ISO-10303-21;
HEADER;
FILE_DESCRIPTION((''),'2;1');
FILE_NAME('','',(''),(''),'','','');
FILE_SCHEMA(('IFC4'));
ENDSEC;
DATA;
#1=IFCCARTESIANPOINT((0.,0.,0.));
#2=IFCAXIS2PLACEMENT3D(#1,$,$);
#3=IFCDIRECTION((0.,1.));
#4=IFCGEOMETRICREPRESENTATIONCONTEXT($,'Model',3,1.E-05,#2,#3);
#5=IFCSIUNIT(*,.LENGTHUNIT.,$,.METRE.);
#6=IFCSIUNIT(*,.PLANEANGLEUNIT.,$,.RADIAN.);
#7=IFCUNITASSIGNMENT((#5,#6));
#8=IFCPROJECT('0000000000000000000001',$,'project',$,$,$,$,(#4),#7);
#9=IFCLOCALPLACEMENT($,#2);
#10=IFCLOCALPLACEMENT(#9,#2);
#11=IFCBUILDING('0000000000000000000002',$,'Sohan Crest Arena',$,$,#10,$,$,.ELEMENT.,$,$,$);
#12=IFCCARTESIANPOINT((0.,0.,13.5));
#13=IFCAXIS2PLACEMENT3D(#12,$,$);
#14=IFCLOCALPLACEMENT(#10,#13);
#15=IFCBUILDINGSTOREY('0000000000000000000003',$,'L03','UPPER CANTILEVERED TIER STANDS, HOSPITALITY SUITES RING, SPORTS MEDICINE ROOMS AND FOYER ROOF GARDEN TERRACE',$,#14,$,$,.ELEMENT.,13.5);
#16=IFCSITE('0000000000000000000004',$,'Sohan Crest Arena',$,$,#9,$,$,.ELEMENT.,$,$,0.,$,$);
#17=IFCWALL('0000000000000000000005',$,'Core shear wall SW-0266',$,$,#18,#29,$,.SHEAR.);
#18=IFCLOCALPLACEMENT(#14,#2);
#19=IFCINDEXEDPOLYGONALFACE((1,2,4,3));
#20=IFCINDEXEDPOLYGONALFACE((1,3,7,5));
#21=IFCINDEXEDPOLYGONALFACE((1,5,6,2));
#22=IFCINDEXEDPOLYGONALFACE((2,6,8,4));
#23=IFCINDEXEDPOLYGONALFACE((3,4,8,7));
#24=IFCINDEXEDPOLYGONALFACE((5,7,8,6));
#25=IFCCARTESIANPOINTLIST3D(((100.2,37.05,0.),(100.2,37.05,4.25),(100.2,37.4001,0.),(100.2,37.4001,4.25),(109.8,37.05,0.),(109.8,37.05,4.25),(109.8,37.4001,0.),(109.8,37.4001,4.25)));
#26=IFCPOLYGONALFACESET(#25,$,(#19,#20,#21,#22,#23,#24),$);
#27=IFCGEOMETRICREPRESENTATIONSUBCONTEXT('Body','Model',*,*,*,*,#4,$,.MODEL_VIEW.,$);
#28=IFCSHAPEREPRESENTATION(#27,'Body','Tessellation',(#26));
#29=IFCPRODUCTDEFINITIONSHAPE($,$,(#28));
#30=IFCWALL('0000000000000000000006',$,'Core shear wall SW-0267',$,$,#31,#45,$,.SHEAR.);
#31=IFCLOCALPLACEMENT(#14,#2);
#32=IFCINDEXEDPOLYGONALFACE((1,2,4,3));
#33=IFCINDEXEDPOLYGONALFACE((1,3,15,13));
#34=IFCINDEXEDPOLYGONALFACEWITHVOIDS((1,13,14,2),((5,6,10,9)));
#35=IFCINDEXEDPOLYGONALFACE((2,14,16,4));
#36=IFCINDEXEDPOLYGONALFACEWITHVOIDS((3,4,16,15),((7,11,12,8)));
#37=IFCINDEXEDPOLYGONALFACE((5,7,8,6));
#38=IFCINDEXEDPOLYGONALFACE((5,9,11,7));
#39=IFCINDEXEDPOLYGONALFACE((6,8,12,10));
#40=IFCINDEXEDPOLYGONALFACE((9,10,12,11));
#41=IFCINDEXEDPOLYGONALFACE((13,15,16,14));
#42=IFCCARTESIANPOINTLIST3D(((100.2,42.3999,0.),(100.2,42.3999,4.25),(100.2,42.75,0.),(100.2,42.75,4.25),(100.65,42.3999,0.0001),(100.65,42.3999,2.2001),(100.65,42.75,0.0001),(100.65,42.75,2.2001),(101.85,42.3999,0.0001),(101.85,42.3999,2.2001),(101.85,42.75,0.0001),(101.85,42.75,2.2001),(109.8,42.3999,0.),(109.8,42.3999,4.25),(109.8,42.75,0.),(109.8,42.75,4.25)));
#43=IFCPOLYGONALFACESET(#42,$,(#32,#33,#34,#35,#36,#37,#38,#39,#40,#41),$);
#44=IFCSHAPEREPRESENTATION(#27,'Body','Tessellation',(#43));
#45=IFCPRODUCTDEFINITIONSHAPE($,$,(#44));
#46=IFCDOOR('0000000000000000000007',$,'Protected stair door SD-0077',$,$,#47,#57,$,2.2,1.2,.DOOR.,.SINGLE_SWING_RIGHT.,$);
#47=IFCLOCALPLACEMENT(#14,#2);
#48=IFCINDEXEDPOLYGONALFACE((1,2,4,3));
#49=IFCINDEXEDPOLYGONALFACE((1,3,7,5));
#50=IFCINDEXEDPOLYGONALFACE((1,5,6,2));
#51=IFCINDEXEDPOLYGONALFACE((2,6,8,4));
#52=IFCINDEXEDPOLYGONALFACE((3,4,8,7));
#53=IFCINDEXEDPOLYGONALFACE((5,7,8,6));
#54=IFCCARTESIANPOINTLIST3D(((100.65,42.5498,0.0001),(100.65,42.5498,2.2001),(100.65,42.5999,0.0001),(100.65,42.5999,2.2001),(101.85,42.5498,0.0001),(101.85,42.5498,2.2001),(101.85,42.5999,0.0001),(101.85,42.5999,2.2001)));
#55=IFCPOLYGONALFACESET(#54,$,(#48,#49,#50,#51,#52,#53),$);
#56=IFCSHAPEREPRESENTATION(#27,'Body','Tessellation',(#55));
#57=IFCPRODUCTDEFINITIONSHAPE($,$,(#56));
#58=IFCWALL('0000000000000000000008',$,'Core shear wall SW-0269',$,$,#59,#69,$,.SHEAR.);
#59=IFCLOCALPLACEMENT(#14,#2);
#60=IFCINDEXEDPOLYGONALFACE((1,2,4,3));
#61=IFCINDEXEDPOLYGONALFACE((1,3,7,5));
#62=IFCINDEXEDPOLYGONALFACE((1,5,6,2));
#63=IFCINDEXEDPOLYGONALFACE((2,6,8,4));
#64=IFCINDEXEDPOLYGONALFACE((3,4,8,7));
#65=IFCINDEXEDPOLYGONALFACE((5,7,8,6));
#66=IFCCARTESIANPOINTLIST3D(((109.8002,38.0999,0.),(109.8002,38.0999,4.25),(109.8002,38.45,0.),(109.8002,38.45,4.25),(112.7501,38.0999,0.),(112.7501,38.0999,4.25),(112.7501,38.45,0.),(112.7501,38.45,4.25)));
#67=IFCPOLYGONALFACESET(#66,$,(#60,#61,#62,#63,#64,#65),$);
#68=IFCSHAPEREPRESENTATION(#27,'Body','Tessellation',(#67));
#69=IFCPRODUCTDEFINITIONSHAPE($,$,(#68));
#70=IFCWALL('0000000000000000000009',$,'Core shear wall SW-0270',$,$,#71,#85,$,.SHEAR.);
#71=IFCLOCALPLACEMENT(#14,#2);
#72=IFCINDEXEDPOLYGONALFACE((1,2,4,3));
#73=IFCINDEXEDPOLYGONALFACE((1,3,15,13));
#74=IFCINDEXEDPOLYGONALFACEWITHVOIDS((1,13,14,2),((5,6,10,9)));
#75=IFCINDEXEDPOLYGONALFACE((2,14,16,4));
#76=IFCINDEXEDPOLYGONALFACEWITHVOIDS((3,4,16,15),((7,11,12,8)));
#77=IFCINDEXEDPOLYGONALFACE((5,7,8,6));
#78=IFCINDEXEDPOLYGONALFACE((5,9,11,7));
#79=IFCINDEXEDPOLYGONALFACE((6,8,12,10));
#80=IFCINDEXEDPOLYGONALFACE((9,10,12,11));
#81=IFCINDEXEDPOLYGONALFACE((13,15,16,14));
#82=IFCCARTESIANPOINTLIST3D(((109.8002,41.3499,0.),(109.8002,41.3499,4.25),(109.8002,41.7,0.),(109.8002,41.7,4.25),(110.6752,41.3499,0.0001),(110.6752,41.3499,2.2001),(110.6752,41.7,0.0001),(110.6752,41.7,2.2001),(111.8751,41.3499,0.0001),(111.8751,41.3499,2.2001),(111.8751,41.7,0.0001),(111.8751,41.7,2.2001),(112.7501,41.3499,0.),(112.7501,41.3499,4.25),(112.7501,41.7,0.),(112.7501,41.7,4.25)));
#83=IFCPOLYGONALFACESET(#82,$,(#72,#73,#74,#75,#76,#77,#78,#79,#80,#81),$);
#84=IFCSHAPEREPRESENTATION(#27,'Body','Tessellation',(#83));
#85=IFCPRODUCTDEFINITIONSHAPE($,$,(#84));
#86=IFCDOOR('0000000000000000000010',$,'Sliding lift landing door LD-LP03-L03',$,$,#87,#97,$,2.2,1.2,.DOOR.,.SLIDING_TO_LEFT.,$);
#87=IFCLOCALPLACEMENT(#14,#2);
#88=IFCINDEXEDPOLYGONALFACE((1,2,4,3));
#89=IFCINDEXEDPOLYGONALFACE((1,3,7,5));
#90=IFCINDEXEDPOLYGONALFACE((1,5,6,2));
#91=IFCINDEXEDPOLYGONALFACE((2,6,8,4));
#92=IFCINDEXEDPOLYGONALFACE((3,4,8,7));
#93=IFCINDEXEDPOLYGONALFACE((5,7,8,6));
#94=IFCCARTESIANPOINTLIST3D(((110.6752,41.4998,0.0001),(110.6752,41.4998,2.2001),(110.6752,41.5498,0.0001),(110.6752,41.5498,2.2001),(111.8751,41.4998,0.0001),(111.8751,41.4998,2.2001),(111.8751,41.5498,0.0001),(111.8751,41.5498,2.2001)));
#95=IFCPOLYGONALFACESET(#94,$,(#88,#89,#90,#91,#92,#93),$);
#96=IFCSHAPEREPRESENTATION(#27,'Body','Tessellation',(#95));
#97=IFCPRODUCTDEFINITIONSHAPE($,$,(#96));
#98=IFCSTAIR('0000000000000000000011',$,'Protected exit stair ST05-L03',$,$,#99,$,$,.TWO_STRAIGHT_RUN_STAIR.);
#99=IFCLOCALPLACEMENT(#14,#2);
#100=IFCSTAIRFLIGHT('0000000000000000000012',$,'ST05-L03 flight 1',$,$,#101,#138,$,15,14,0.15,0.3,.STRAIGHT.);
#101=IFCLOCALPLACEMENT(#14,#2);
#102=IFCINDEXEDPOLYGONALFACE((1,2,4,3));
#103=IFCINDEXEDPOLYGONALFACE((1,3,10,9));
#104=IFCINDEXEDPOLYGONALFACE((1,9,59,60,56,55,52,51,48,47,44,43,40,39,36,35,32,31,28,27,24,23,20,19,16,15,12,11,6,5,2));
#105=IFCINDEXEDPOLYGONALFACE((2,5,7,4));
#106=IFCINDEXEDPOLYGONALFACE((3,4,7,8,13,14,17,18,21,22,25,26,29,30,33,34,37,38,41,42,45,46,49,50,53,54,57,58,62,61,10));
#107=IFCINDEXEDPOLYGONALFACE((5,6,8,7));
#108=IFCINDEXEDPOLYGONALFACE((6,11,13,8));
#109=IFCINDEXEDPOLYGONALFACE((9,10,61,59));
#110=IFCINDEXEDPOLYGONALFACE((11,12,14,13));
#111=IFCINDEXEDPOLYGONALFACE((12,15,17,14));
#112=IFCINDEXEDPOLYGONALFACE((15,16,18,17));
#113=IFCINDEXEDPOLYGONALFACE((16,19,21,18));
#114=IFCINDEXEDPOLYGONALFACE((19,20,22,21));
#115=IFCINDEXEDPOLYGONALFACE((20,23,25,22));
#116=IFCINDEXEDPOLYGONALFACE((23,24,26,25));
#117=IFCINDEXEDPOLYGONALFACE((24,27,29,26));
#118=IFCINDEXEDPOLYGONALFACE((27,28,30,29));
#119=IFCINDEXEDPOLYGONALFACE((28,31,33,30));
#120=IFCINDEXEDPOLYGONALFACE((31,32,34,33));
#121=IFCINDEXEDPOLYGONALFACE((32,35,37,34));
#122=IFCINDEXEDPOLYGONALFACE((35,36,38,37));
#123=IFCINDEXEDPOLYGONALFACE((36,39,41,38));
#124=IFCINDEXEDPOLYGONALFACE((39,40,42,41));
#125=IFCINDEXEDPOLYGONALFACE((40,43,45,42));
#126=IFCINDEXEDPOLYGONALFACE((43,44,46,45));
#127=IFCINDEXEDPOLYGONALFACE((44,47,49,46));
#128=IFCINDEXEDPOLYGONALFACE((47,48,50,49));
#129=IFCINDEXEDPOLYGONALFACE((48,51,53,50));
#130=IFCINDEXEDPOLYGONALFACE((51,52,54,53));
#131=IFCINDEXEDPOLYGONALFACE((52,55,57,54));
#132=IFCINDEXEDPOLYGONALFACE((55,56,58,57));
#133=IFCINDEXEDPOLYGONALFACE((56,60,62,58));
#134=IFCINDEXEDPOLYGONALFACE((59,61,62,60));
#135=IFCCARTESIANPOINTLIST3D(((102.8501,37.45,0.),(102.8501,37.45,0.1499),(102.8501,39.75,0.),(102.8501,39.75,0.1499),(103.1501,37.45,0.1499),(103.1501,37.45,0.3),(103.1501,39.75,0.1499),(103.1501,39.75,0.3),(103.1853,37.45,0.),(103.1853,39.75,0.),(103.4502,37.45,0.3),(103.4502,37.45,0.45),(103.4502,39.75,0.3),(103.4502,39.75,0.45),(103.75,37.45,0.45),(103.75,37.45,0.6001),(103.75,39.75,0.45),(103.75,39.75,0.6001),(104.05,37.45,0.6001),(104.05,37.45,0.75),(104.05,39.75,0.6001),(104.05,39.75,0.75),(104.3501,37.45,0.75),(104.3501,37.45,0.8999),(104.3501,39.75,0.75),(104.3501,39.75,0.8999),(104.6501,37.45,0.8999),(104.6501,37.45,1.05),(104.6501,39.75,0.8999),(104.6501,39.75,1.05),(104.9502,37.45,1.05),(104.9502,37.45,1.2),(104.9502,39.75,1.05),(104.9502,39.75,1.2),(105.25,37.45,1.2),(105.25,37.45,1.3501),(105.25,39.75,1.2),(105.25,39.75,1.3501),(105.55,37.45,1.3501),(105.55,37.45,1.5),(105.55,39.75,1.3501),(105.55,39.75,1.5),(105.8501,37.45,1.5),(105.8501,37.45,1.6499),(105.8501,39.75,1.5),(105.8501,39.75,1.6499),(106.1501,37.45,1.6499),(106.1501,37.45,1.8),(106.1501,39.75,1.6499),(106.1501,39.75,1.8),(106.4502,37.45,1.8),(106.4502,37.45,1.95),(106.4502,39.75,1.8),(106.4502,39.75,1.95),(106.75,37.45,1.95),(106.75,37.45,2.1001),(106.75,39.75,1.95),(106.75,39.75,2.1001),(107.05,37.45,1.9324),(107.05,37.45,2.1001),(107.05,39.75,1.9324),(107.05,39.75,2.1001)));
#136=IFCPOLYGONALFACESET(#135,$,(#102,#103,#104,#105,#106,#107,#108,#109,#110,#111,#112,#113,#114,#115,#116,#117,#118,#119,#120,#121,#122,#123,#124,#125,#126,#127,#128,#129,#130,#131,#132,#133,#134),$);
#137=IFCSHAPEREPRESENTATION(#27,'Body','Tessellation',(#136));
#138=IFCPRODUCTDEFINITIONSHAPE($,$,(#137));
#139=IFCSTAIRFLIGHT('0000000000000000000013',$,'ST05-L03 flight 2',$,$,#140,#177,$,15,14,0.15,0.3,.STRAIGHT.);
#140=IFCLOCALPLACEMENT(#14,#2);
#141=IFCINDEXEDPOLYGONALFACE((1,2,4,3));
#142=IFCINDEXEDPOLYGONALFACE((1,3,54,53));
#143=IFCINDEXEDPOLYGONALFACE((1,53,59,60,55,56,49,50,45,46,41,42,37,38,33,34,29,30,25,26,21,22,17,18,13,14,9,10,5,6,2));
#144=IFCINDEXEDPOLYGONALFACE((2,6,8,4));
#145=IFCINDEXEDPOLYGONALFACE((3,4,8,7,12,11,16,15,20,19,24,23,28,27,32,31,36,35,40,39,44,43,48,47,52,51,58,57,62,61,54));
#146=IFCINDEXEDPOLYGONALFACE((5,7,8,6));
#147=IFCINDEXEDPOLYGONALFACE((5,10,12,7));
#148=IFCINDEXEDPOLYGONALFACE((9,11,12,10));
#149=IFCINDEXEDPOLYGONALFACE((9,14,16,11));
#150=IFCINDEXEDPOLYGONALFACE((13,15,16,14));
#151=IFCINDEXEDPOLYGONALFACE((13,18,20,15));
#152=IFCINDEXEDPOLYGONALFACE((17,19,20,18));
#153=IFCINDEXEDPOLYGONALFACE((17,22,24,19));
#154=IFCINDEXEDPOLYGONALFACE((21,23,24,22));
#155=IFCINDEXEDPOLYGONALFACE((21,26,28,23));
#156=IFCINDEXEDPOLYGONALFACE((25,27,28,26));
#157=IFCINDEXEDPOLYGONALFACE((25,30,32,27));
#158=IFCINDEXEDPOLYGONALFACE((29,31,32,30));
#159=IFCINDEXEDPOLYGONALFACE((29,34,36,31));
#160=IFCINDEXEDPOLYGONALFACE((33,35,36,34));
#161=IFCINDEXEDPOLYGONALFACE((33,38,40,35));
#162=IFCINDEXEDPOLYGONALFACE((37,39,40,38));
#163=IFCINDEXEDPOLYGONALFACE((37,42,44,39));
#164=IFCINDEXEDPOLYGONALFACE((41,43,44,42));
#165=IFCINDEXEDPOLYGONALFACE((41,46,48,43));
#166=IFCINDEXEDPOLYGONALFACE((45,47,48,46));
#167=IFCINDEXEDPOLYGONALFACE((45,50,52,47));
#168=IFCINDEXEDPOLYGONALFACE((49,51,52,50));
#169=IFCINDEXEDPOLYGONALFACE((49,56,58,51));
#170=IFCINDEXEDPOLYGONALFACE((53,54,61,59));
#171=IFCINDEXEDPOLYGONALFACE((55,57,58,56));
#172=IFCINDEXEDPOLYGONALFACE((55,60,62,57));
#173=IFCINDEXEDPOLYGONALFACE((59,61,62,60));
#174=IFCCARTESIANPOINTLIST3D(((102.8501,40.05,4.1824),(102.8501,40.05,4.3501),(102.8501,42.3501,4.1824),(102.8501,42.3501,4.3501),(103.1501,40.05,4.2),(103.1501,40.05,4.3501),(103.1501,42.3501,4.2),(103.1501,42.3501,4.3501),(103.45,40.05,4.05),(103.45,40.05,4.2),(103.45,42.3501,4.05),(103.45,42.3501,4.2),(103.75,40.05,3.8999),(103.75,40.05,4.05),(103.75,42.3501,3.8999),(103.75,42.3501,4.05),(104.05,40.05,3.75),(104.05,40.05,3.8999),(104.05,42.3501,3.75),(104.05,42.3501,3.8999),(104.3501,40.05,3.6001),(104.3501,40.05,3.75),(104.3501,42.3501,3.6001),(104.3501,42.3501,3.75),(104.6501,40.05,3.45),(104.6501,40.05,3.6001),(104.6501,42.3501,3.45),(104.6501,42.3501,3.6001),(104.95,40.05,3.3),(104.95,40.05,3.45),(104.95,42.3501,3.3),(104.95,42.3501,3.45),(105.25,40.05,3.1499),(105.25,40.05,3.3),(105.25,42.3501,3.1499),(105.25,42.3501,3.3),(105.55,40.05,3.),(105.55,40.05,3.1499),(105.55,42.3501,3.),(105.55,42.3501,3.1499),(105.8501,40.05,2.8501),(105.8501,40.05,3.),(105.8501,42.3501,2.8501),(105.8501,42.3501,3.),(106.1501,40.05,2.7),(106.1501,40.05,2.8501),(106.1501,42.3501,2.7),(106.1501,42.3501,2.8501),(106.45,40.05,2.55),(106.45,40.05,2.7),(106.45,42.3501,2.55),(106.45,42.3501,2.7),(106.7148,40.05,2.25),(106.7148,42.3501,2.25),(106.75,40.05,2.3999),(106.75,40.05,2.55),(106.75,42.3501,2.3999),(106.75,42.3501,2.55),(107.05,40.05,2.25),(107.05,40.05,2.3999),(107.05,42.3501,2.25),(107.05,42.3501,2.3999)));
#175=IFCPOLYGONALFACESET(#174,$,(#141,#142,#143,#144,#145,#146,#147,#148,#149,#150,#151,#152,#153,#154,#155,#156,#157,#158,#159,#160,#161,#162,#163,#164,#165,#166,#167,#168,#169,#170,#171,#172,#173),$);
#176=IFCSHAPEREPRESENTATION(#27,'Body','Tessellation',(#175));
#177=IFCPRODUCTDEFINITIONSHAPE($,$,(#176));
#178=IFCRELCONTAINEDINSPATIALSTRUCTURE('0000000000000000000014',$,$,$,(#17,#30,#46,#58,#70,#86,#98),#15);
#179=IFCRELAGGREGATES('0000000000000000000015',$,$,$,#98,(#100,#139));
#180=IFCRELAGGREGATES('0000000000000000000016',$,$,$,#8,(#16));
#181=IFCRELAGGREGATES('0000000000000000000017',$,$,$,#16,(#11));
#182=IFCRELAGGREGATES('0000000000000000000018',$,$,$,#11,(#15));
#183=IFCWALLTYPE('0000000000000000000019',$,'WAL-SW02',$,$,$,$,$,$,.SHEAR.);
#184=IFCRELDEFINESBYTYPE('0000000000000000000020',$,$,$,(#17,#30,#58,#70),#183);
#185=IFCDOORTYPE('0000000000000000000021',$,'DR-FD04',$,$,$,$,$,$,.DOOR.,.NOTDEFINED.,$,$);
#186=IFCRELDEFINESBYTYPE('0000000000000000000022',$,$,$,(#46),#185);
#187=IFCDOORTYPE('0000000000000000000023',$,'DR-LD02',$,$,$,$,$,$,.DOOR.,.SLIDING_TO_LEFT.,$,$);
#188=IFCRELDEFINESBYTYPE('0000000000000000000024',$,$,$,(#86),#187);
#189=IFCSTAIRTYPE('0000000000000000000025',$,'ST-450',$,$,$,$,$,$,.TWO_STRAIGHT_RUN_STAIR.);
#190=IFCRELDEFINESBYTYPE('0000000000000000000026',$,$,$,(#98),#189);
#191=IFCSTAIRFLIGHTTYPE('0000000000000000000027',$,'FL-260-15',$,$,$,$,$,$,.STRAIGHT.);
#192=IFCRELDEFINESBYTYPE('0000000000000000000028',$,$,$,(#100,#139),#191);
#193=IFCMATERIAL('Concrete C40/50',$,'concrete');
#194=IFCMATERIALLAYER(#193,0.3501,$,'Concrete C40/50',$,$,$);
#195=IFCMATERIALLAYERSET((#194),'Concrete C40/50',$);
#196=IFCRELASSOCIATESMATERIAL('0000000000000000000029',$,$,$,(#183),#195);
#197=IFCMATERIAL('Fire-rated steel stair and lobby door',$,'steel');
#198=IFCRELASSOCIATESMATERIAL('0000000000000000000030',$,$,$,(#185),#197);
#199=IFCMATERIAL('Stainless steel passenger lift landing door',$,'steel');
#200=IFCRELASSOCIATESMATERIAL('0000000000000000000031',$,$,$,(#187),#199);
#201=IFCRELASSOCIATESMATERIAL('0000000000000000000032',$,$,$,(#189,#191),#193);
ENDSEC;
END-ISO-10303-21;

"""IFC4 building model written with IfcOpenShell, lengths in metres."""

from ifc_helpers import new_model, si_unit, direction, frame, frame_2d, origin, place, context, subcontext, project, spatial, polyline, rectangle, outline, extrude, material, layer, layer_set, type_object, element, fill, aggregate, save


model = new_model("IFC4")

# Units and contexts
model_context = context("Model", 3, precision=1e-05, world=origin(), true_north=direction((0.0, 1.0)))
body_context = subcontext(model_context, "Body", "Model", "MODEL_VIEW")
ifc_project = project(units=[si_unit("LENGTHUNIT", "METRE"), si_unit("PLANEANGLEUNIT", "RADIAN")], contexts=[model_context])

# Site, building, storey
site_placement = place(None, origin())
site = spatial("IfcSite", under=ifc_project, at=site_placement, Name="Sohan Crest Arena", CompositionType="ELEMENT", RefElevation=0.0)
building_placement = place(site_placement, origin())
building = spatial("IfcBuilding", under=site, at=building_placement, Name="Sohan Crest Arena", CompositionType="ELEMENT")
storey_placement = place(building_placement, frame((0.0, 0.0, 13.5)))
storey = spatial("IfcBuildingStorey", under=building, at=storey_placement, Name="L03", Description="UPPER CANTILEVERED TIER STANDS, HOSPITALITY SUITES RING, SPORTS MEDICINE ROOMS AND FOYER ROOF GARDEN TERRACE", CompositionType="ELEMENT", Elevation=13.5)

# Shared definitions
ifc_material_1 = material(Name="Concrete C40/50", Category="concrete")

# Wall
ifc_layer_1 = layer(ifc_material_1, 0.3501, Name="Concrete C40/50")
ifc_layer_set_1 = layer_set([ifc_layer_1], Name="Concrete C40/50")
wall_type_1 = type_object("IfcWallType", Name="WAL-SW02", PredefinedType="SHEAR", material=ifc_layer_set_1)
wall_1_placement = place(storey_placement, frame((100.2, 37.2251, 0.0), z_axis=(0.0, 0.0, 1.0), x_axis=(1.0, 0.0, 0.0)))
element("IfcWall", 1, at=wall_1_placement, inside=storey, type_object=wall_type_1, Name="Core shear wall SW-0266", PredefinedType="SHEAR", context=body_context, shape_type="SweptSolid", body=[
    extrude(rectangle(XDim=9.6001, YDim=0.3501, at=frame_2d((4.8, 0.0))), origin(), (0.0, 0.0, 1.0), 4.25),
])

# Wall, opening, door
wall_2_placement = place(storey_placement, frame((100.2, 42.575, 0.0), z_axis=(0.0, 0.0, 1.0), x_axis=(1.0, 0.0, 0.0)))
wall_2 = element("IfcWall", 2, at=wall_2_placement, inside=storey, type_object=wall_type_1, Name="Core shear wall SW-0267", PredefinedType="SHEAR", context=body_context, shape_type="SweptSolid", body=[
    extrude(rectangle(XDim=9.6001, YDim=0.3501, at=frame_2d((4.8, 0.0))), origin(), (0.0, 0.0, 1.0), 4.25),
])
opening_1_placement = place(wall_2_placement, frame((0.45, 0.0, 0.0)))
opening_1 = element("IfcOpeningElement", 3, at=opening_1_placement, cuts=wall_2, PredefinedType="OPENING", context=body_context, shape_type="SweptSolid", body=[
    extrude(rectangle(XDim=1.2, YDim=2.2, at=frame_2d((0.6001, 1.1001))), frame((0.0, 0.1851, 0.0), z_axis=(0.0, -1.0, 0.0), x_axis=(1.0, 0.0, 0.0)), (0.0, 0.0, 1.0), 0.3701),
])
ifc_material_2 = material(Name="Fire-rated steel stair and lobby door", Category="steel")
door_type_1 = type_object("IfcDoorType", Name="DR-FD04", OperationType="NOTDEFINED", PredefinedType="DOOR", material=ifc_material_2)
door_1_placement = place(opening_1_placement, origin())
door_1 = element("IfcDoor", 4, at=door_1_placement, inside=storey, type_object=door_type_1, Name="Protected stair door SD-0077", OperationType="SINGLE_SWING_RIGHT", OverallHeight=2.2, OverallWidth=1.2, PredefinedType="DOOR", context=body_context, shape_type="SweptSolid", body=[
    extrude(rectangle(XDim=1.2, YDim=2.2, at=frame_2d((0.6001, 1.1001))), frame((0.0, 0.0249, 0.0), z_axis=(0.0, -1.0, 0.0), x_axis=(1.0, 0.0, 0.0)), (0.0, 0.0, 1.0), 0.05),
])
fill(opening_1, door_1)

# Wall
wall_3_placement = place(storey_placement, frame((109.8, 38.2749, 0.0), z_axis=(0.0, 0.0, 1.0), x_axis=(1.0, 0.0, 0.0)))
element("IfcWall", 5, at=wall_3_placement, inside=storey, type_object=wall_type_1, Name="Core shear wall SW-0269", PredefinedType="SHEAR", context=body_context, shape_type="SweptSolid", body=[
    extrude(rectangle(XDim=2.95, YDim=0.3501, at=frame_2d((1.4751, 0.0))), origin(), (0.0, 0.0, 1.0), 4.25),
])

# Wall, opening, door
wall_4_placement = place(storey_placement, frame((109.8, 41.5249, 0.0), z_axis=(0.0, 0.0, 1.0), x_axis=(1.0, 0.0, 0.0)))
wall_4 = element("IfcWall", 6, at=wall_4_placement, inside=storey, type_object=wall_type_1, Name="Core shear wall SW-0270", PredefinedType="SHEAR", context=body_context, shape_type="SweptSolid", body=[
    extrude(rectangle(XDim=2.95, YDim=0.3501, at=frame_2d((1.4751, 0.0))), origin(), (0.0, 0.0, 1.0), 4.25),
])
opening_2_placement = place(wall_4_placement, frame((0.875, 0.0, 0.0)))
opening_2 = element("IfcOpeningElement", 7, at=opening_2_placement, cuts=wall_4, PredefinedType="OPENING", context=body_context, shape_type="SweptSolid", body=[
    extrude(rectangle(XDim=1.2, YDim=2.2, at=frame_2d((0.6001, 1.1001))), frame((0.0, 0.1851, 0.0), z_axis=(0.0, -1.0, 0.0), x_axis=(1.0, 0.0, 0.0)), (0.0, 0.0, 1.0), 0.3701),
])
ifc_material_3 = material(Name="Stainless steel passenger lift landing door", Category="steel")
door_type_2 = type_object("IfcDoorType", Name="DR-LD02", OperationType="SLIDING_TO_LEFT", PredefinedType="DOOR", material=ifc_material_3)
door_2_placement = place(opening_2_placement, origin())
door_2 = element("IfcDoor", 8, at=door_2_placement, inside=storey, type_object=door_type_2, Name="Sliding lift landing door LD-LP03-L03", OperationType="SLIDING_TO_LEFT", OverallHeight=2.2, OverallWidth=1.2, PredefinedType="DOOR", context=body_context, shape_type="SweptSolid", body=[
    extrude(rectangle(XDim=1.2, YDim=2.2, at=frame_2d((0.6001, 1.1001))), frame((0.0, 0.0249, 0.0), z_axis=(0.0, -1.0, 0.0), x_axis=(1.0, 0.0, 0.0)), (0.0, 0.0, 1.0), 0.05),
])
fill(opening_2, door_2)

# Stair, stair flights
stair_type = type_object("IfcStairType", Name="ST-450", PredefinedType="TWO_STRAIGHT_RUN_STAIR", material=ifc_material_1)
stair_placement = place(storey_placement, origin())
stair = element("IfcStair", 9, at=stair_placement, inside=storey, type_object=stair_type, Name="Protected exit stair ST05-L03", PredefinedType="TWO_STRAIGHT_RUN_STAIR")
stair_flight_type = type_object("IfcStairFlightType", Name="FL-260-15", PredefinedType="STRAIGHT", material=ifc_material_1)
stair_flight_1_placement = place(storey_placement, frame((102.8501, 38.6001, 0.0), z_axis=(0.0, 0.0, 1.0), x_axis=(1.0, 0.0, 0.0)))
stair_flight_1 = element("IfcStairFlight", 10, at=stair_flight_1_placement, type_object=stair_flight_type, Name="ST05-L03 flight 1", NumberOfRisers=15, NumberOfTreads=14, PredefinedType="STRAIGHT", RiserHeight=0.15, TreadLength=0.3, context=body_context, shape_type="SweptSolid", body=[
    extrude(outline(polyline([(0.0, 0.0), (0.0, 0.1499), (0.3, 0.1499), (0.3, 0.3), (0.6001, 0.3), (0.6001, 0.45), (0.8999, 0.45), (0.8999, 0.6001), (1.2, 0.6001), (1.2, 0.75), (1.5, 0.75), (1.5, 0.8999), (1.8, 0.8999), (1.8, 1.05), (2.1001, 1.05), (2.1001, 1.2), (2.3999, 1.2), (2.3999, 1.3501), (2.7, 1.3501), (2.7, 1.5), (3.0, 1.5), (3.0, 1.6499), (3.3, 1.6499), (3.3, 1.8), (3.6001, 1.8), (3.6001, 1.95), (3.8999, 1.95), (3.8999, 2.1001), (4.2, 2.1001), (4.2, 2.25), (4.2, 1.9324), (0.3352, 0.0), (0.0, 0.0)])), frame((0.0, 1.1499, 0.0), z_axis=(0.0, -1.0, 0.0), x_axis=(1.0, 0.0, 0.0)), (0.0, 0.0, 1.0), 2.3),
])
stair_flight_2_placement = place(storey_placement, frame((107.05, 41.2, 2.25), z_axis=(0.0, 0.0, 1.0), x_axis=(-1.0, 0.0, 0.0)))
stair_flight_2 = element("IfcStairFlight", 11, at=stair_flight_2_placement, type_object=stair_flight_type, Name="ST05-L03 flight 2", NumberOfRisers=15, NumberOfTreads=14, PredefinedType="STRAIGHT", RiserHeight=0.15, TreadLength=0.3, context=body_context, shape_type="SweptSolid", body=[
    extrude(outline(polyline([(0.0, 0.0), (0.0, 0.1499), (0.3, 0.1499), (0.3, 0.3), (0.6001, 0.3), (0.6001, 0.45), (0.8999, 0.45), (0.8999, 0.6001), (1.2, 0.6001), (1.2, 0.75), (1.5, 0.75), (1.5, 0.8999), (1.8, 0.8999), (1.8, 1.05), (2.1001, 1.05), (2.1001, 1.2), (2.3999, 1.2), (2.3999, 1.3501), (2.7, 1.3501), (2.7, 1.5), (3.0, 1.5), (3.0, 1.6499), (3.3, 1.6499), (3.3, 1.8), (3.6001, 1.8), (3.6001, 1.95), (3.8999, 1.95), (3.8999, 2.1001), (4.2, 2.1001), (4.2, 2.25), (4.2, 1.9324), (0.3352, 0.0), (0.0, 0.0)])), frame((0.0, 1.1499, 0.0), z_axis=(0.0, -1.0, 0.0), x_axis=(1.0, 0.0, 0.0)), (0.0, 0.0, 1.0), 2.3),
])
aggregate(stair, [stair_flight_1, stair_flight_2])

save(model, "model.ifc")
